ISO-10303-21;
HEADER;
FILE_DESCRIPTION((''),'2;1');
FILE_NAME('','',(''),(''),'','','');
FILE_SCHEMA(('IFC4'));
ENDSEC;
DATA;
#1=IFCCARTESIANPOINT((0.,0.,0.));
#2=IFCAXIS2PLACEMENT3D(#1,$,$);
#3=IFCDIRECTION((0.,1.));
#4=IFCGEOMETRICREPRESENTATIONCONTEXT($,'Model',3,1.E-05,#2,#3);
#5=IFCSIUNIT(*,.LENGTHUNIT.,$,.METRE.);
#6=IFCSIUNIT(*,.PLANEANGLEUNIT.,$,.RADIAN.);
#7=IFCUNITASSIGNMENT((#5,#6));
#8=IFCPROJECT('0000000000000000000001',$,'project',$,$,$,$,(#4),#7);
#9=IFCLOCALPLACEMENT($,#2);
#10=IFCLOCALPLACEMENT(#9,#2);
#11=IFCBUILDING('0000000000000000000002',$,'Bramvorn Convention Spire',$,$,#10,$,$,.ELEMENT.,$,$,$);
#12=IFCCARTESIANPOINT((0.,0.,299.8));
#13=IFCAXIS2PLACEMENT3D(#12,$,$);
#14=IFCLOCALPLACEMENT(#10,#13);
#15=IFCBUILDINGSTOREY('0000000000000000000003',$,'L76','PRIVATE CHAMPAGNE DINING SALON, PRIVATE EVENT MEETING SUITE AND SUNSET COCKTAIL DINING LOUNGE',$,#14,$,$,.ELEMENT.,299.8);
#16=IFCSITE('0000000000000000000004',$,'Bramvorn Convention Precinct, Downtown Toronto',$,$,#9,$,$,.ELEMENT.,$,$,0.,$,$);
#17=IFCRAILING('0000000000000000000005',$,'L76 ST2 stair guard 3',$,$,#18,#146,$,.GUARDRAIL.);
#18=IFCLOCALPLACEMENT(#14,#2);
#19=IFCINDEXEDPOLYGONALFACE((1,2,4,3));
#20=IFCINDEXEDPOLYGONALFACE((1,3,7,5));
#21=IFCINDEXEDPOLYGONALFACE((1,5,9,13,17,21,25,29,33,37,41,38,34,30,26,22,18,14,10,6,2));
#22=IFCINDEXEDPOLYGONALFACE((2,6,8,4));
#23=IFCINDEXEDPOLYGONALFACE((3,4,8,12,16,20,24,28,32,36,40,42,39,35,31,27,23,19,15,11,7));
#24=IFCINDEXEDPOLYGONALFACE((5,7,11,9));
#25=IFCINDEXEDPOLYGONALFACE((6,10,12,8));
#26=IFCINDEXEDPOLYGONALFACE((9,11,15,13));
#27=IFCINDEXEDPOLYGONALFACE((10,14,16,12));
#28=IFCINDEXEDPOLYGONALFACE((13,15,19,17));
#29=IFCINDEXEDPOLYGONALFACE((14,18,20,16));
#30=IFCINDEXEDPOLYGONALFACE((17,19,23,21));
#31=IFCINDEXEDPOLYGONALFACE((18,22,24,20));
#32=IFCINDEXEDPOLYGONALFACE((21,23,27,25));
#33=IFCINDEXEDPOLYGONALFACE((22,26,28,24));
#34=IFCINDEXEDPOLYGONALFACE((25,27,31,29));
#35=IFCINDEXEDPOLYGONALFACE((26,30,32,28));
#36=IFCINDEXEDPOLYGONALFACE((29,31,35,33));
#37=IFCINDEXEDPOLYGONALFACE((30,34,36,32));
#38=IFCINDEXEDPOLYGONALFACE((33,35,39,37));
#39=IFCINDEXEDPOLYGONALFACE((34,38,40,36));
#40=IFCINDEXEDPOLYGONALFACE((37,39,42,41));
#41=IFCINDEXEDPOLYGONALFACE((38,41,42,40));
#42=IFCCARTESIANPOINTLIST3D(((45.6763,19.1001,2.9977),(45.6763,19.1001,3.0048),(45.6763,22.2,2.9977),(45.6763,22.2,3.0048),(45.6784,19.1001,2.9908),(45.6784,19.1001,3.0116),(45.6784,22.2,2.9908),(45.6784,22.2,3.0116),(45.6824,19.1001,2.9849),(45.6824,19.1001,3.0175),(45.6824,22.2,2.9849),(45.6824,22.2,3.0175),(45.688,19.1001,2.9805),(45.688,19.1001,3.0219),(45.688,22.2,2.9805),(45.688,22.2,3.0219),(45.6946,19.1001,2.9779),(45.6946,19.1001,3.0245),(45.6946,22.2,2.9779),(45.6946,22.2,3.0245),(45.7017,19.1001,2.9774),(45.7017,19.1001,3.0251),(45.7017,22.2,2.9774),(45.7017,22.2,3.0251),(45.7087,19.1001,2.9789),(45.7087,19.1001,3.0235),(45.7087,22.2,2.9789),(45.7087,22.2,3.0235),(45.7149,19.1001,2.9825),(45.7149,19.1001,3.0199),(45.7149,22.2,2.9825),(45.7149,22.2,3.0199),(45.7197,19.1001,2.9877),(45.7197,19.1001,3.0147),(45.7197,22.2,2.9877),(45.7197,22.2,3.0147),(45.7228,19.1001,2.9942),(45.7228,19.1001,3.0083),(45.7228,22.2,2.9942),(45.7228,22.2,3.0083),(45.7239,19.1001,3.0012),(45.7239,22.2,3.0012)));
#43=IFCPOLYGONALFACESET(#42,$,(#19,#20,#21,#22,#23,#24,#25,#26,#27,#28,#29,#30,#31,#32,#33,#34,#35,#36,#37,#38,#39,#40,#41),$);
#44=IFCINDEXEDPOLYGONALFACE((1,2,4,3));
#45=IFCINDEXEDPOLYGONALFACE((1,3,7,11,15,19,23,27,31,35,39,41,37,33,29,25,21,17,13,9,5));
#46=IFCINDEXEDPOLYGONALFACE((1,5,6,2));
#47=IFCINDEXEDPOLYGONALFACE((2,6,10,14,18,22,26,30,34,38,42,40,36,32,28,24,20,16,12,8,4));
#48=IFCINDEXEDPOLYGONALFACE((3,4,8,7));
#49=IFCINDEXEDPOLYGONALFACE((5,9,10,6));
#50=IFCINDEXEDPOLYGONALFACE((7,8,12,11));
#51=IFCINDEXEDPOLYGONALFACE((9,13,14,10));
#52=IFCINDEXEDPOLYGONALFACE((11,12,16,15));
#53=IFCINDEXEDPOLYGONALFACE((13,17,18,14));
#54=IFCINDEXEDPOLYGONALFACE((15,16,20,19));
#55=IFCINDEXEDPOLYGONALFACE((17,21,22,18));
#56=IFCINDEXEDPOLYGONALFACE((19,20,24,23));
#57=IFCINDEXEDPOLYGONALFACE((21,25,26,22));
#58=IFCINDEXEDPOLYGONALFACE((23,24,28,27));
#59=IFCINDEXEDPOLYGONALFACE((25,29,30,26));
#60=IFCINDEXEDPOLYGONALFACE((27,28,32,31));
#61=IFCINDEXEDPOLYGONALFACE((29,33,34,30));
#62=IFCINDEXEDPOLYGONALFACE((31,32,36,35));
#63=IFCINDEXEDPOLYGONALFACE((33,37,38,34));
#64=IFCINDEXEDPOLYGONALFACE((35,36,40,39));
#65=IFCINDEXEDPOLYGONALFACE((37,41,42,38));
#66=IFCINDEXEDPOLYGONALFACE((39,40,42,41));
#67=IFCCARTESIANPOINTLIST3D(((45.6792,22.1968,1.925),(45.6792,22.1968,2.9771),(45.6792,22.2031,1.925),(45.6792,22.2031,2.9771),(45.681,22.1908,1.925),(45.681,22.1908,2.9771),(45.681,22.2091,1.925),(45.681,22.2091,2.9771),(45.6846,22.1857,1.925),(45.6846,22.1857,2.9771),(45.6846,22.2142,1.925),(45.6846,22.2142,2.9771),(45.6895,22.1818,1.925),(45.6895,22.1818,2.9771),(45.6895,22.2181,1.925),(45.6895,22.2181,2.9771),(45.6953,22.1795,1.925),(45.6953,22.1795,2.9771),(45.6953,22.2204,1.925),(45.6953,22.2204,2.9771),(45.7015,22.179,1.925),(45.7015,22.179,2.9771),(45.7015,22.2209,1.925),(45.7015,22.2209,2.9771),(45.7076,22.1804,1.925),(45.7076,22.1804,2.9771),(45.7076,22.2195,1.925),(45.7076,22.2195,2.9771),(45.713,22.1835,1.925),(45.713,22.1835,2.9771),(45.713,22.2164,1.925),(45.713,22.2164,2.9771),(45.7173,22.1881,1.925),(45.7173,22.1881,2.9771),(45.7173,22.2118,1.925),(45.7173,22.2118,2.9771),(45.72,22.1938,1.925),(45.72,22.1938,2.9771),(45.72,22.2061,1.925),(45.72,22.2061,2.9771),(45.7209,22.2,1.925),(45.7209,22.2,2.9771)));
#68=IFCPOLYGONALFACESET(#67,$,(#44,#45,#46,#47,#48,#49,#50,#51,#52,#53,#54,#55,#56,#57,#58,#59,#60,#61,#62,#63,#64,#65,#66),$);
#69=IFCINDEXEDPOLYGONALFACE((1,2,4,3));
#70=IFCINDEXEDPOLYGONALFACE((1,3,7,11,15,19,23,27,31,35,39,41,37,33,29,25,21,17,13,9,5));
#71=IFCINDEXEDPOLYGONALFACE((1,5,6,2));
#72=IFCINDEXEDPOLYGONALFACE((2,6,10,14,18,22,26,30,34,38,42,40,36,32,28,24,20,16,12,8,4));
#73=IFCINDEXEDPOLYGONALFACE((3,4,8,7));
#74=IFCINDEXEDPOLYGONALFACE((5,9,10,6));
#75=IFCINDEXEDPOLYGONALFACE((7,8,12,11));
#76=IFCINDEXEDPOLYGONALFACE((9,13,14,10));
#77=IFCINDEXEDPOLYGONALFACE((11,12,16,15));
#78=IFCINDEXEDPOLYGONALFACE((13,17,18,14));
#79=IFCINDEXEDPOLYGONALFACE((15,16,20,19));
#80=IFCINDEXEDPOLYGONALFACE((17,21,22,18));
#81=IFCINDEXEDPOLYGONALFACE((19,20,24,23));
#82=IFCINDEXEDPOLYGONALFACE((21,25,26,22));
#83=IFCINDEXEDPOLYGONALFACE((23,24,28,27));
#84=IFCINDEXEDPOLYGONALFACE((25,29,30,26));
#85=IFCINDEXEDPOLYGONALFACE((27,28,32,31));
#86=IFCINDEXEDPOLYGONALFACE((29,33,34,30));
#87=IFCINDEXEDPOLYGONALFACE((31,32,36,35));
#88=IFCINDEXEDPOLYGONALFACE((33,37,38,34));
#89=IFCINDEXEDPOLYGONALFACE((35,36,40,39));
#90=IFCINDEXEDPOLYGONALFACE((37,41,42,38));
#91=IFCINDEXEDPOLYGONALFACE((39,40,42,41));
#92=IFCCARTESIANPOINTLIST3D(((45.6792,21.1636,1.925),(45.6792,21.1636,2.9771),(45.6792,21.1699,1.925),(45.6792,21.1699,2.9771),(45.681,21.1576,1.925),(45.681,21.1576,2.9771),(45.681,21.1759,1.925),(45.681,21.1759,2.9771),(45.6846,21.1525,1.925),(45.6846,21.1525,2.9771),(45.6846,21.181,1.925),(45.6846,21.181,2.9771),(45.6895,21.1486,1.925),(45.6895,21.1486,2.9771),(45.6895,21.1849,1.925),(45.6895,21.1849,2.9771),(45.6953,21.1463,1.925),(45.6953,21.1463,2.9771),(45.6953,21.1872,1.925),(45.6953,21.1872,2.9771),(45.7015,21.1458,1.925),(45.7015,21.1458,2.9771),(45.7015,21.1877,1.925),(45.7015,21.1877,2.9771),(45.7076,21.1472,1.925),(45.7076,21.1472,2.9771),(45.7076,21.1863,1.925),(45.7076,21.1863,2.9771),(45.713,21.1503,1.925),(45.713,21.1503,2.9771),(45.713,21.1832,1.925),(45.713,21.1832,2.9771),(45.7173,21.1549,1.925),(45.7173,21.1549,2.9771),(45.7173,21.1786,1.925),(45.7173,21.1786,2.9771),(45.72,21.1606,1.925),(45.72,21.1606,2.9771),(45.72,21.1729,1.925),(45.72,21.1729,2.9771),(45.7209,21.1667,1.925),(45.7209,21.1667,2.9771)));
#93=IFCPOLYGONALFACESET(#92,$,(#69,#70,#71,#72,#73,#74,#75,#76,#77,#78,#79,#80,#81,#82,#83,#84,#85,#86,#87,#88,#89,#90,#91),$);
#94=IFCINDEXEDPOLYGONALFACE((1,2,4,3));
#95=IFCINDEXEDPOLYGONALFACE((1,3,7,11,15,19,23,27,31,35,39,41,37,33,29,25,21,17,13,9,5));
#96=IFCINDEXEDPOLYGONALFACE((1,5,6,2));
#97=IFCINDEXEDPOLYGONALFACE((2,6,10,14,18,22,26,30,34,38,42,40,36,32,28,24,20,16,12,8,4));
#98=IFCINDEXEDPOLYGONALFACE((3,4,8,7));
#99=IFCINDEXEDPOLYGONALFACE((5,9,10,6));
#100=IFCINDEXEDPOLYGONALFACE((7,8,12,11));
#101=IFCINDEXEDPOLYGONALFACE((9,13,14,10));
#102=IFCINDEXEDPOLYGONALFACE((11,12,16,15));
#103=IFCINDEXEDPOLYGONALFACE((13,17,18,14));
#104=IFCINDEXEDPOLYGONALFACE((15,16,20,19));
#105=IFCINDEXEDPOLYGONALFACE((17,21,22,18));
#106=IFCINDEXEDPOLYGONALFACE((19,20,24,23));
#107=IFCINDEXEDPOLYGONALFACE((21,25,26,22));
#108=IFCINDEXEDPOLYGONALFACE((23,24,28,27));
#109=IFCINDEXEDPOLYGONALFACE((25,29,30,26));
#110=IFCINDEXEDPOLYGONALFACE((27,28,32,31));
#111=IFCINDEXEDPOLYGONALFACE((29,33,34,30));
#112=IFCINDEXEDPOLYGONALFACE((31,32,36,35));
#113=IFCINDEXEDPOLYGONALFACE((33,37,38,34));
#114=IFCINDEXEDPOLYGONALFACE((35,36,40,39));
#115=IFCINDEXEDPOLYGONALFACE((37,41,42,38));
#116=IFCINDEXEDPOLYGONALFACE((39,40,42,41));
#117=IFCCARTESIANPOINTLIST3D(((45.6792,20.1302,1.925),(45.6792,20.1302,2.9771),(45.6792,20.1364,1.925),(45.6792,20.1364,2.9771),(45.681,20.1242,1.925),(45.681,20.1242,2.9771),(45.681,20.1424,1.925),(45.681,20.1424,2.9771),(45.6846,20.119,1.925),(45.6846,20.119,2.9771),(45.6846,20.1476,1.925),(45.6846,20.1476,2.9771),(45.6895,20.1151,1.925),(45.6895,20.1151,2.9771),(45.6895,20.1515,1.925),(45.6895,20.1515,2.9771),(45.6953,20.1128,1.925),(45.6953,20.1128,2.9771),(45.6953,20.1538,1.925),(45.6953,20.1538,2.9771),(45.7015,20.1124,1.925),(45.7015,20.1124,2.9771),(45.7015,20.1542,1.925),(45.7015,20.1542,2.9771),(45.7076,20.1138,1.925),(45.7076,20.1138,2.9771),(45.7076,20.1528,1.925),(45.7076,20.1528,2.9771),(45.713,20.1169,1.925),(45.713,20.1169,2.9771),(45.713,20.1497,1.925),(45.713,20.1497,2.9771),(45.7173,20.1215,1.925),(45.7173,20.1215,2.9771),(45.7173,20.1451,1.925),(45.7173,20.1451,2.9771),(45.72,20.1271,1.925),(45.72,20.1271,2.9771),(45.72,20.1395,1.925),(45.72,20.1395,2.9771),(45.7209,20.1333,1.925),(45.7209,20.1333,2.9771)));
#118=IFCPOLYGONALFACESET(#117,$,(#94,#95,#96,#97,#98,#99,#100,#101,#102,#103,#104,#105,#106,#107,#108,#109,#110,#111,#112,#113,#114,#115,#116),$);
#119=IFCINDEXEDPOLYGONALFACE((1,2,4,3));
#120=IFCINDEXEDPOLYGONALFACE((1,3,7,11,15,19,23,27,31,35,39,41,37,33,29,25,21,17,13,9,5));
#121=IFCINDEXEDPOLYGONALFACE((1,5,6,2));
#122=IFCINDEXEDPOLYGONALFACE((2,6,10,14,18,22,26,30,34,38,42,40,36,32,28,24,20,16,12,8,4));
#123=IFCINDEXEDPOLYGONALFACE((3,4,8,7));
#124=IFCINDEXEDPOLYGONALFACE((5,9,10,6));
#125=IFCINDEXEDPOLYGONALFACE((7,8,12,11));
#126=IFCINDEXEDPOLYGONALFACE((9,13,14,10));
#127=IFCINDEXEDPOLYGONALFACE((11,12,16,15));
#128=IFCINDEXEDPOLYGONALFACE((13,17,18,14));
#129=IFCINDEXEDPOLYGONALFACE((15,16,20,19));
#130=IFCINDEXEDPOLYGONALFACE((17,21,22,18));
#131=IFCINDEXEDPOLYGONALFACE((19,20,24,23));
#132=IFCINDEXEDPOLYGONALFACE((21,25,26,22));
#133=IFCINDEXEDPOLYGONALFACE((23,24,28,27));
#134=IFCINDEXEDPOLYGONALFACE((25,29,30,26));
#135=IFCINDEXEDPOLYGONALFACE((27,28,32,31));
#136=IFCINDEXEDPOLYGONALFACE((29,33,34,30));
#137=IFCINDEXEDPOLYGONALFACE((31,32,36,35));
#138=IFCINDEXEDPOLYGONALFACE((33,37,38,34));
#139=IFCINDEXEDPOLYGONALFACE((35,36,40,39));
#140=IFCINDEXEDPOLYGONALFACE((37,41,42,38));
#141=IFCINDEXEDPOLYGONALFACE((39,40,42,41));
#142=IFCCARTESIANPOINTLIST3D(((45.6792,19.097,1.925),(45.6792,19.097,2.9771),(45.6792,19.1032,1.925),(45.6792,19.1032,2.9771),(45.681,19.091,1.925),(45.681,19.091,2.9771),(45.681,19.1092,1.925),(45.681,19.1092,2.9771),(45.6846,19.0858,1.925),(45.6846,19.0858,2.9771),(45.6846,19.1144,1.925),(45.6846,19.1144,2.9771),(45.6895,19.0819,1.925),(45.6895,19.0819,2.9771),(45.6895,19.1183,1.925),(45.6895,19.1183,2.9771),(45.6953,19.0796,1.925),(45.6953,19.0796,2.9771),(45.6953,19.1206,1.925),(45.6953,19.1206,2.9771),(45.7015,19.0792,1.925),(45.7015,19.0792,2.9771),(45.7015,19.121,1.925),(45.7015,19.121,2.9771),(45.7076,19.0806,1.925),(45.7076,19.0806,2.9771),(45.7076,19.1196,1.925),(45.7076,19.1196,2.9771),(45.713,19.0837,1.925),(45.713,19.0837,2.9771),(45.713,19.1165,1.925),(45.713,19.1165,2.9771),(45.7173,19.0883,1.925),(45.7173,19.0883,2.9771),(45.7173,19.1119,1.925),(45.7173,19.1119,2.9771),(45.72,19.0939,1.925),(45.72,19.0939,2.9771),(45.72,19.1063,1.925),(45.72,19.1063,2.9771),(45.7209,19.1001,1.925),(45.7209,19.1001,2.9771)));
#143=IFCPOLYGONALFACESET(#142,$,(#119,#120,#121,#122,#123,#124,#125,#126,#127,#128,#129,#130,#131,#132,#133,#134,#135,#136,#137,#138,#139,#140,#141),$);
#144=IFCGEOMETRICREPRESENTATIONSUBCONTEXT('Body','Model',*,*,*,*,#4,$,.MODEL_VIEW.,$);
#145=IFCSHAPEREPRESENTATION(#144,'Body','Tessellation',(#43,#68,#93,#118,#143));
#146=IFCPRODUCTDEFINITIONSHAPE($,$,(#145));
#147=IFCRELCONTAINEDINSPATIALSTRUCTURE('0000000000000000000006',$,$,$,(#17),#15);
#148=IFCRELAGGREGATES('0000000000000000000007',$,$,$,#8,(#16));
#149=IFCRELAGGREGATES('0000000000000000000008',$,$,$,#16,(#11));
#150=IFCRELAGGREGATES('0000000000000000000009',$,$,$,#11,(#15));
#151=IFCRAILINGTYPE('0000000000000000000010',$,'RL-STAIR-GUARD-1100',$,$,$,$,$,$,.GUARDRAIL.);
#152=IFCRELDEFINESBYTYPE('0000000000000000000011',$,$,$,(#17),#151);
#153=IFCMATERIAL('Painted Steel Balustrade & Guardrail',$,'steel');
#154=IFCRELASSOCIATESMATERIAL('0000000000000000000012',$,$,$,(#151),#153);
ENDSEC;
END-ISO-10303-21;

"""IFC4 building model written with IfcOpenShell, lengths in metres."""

from ifc_helpers import new_model, si_unit, direction, frame, origin, origin_2d, place, context, subcontext, project, spatial, circle, extrude, material, type_object, element, save


model = new_model("IFC4")

# Units and contexts
model_context = context("Model", 3, precision=1e-05, world=origin(), true_north=direction((0.0, 1.0)))
body_context = subcontext(model_context, "Body", "Model", "MODEL_VIEW")
ifc_project = project(units=[si_unit("LENGTHUNIT", "METRE"), si_unit("PLANEANGLEUNIT", "RADIAN")], contexts=[model_context])

# Site, building, storey
site_placement = place(None, origin())
site = spatial("IfcSite", under=ifc_project, at=site_placement, Name="Bramvorn Convention Precinct, Downtown Toronto", CompositionType="ELEMENT", RefElevation=0.0)
building_placement = place(site_placement, origin())
building = spatial("IfcBuilding", under=site, at=building_placement, Name="Bramvorn Convention Spire", CompositionType="ELEMENT")
storey_placement = place(building_placement, frame((0.0, 0.0, 299.8)))
storey = spatial("IfcBuildingStorey", under=building, at=storey_placement, Name="L76", Description="PRIVATE CHAMPAGNE DINING SALON, PRIVATE EVENT MEETING SUITE AND SUNSET COCKTAIL DINING LOUNGE", CompositionType="ELEMENT", Elevation=299.8)

# Railing
ifc_material_1 = material(Name="Painted Steel Balustrade & Guardrail", Category="steel")
railing_type = type_object("IfcRailingType", Name="RL-STAIR-GUARD-1100", PredefinedType="GUARDRAIL", material=ifc_material_1)
railing_1_placement = place(storey_placement, frame((45.7, 22.2, 1.925)))
element("IfcRailing", 1, at=railing_1_placement, inside=storey, type_object=railing_type, Name="L76 ST2 stair guard 3", PredefinedType="GUARDRAIL", context=body_context, shape_type="SweptSolid", body=[
    extrude(circle(Radius=0.0239, at=origin_2d()), frame((0.0, 0.0, 1.0762), z_axis=(0.0, -1.0, 0.0), x_axis=(1.0, 0.0, 0.0)), (0.0, 0.0, 1.0), 3.0999),
    extrude(circle(Radius=0.021, at=origin_2d()), origin(), (0.0, 0.0, 1.0), 1.052),
    extrude(circle(Radius=0.021, at=origin_2d()), frame((0.0, -1.0332, 0.0)), (0.0, 0.0, 1.0), 1.052),
    extrude(circle(Radius=0.021, at=origin_2d()), frame((0.0, -2.0667, 0.0)), (0.0, 0.0, 1.0), 1.052),
    extrude(circle(Radius=0.021, at=origin_2d()), frame((0.0, -3.0999, 0.0)), (0.0, 0.0, 1.0), 1.052),
])

save(model, "model.ifc")
